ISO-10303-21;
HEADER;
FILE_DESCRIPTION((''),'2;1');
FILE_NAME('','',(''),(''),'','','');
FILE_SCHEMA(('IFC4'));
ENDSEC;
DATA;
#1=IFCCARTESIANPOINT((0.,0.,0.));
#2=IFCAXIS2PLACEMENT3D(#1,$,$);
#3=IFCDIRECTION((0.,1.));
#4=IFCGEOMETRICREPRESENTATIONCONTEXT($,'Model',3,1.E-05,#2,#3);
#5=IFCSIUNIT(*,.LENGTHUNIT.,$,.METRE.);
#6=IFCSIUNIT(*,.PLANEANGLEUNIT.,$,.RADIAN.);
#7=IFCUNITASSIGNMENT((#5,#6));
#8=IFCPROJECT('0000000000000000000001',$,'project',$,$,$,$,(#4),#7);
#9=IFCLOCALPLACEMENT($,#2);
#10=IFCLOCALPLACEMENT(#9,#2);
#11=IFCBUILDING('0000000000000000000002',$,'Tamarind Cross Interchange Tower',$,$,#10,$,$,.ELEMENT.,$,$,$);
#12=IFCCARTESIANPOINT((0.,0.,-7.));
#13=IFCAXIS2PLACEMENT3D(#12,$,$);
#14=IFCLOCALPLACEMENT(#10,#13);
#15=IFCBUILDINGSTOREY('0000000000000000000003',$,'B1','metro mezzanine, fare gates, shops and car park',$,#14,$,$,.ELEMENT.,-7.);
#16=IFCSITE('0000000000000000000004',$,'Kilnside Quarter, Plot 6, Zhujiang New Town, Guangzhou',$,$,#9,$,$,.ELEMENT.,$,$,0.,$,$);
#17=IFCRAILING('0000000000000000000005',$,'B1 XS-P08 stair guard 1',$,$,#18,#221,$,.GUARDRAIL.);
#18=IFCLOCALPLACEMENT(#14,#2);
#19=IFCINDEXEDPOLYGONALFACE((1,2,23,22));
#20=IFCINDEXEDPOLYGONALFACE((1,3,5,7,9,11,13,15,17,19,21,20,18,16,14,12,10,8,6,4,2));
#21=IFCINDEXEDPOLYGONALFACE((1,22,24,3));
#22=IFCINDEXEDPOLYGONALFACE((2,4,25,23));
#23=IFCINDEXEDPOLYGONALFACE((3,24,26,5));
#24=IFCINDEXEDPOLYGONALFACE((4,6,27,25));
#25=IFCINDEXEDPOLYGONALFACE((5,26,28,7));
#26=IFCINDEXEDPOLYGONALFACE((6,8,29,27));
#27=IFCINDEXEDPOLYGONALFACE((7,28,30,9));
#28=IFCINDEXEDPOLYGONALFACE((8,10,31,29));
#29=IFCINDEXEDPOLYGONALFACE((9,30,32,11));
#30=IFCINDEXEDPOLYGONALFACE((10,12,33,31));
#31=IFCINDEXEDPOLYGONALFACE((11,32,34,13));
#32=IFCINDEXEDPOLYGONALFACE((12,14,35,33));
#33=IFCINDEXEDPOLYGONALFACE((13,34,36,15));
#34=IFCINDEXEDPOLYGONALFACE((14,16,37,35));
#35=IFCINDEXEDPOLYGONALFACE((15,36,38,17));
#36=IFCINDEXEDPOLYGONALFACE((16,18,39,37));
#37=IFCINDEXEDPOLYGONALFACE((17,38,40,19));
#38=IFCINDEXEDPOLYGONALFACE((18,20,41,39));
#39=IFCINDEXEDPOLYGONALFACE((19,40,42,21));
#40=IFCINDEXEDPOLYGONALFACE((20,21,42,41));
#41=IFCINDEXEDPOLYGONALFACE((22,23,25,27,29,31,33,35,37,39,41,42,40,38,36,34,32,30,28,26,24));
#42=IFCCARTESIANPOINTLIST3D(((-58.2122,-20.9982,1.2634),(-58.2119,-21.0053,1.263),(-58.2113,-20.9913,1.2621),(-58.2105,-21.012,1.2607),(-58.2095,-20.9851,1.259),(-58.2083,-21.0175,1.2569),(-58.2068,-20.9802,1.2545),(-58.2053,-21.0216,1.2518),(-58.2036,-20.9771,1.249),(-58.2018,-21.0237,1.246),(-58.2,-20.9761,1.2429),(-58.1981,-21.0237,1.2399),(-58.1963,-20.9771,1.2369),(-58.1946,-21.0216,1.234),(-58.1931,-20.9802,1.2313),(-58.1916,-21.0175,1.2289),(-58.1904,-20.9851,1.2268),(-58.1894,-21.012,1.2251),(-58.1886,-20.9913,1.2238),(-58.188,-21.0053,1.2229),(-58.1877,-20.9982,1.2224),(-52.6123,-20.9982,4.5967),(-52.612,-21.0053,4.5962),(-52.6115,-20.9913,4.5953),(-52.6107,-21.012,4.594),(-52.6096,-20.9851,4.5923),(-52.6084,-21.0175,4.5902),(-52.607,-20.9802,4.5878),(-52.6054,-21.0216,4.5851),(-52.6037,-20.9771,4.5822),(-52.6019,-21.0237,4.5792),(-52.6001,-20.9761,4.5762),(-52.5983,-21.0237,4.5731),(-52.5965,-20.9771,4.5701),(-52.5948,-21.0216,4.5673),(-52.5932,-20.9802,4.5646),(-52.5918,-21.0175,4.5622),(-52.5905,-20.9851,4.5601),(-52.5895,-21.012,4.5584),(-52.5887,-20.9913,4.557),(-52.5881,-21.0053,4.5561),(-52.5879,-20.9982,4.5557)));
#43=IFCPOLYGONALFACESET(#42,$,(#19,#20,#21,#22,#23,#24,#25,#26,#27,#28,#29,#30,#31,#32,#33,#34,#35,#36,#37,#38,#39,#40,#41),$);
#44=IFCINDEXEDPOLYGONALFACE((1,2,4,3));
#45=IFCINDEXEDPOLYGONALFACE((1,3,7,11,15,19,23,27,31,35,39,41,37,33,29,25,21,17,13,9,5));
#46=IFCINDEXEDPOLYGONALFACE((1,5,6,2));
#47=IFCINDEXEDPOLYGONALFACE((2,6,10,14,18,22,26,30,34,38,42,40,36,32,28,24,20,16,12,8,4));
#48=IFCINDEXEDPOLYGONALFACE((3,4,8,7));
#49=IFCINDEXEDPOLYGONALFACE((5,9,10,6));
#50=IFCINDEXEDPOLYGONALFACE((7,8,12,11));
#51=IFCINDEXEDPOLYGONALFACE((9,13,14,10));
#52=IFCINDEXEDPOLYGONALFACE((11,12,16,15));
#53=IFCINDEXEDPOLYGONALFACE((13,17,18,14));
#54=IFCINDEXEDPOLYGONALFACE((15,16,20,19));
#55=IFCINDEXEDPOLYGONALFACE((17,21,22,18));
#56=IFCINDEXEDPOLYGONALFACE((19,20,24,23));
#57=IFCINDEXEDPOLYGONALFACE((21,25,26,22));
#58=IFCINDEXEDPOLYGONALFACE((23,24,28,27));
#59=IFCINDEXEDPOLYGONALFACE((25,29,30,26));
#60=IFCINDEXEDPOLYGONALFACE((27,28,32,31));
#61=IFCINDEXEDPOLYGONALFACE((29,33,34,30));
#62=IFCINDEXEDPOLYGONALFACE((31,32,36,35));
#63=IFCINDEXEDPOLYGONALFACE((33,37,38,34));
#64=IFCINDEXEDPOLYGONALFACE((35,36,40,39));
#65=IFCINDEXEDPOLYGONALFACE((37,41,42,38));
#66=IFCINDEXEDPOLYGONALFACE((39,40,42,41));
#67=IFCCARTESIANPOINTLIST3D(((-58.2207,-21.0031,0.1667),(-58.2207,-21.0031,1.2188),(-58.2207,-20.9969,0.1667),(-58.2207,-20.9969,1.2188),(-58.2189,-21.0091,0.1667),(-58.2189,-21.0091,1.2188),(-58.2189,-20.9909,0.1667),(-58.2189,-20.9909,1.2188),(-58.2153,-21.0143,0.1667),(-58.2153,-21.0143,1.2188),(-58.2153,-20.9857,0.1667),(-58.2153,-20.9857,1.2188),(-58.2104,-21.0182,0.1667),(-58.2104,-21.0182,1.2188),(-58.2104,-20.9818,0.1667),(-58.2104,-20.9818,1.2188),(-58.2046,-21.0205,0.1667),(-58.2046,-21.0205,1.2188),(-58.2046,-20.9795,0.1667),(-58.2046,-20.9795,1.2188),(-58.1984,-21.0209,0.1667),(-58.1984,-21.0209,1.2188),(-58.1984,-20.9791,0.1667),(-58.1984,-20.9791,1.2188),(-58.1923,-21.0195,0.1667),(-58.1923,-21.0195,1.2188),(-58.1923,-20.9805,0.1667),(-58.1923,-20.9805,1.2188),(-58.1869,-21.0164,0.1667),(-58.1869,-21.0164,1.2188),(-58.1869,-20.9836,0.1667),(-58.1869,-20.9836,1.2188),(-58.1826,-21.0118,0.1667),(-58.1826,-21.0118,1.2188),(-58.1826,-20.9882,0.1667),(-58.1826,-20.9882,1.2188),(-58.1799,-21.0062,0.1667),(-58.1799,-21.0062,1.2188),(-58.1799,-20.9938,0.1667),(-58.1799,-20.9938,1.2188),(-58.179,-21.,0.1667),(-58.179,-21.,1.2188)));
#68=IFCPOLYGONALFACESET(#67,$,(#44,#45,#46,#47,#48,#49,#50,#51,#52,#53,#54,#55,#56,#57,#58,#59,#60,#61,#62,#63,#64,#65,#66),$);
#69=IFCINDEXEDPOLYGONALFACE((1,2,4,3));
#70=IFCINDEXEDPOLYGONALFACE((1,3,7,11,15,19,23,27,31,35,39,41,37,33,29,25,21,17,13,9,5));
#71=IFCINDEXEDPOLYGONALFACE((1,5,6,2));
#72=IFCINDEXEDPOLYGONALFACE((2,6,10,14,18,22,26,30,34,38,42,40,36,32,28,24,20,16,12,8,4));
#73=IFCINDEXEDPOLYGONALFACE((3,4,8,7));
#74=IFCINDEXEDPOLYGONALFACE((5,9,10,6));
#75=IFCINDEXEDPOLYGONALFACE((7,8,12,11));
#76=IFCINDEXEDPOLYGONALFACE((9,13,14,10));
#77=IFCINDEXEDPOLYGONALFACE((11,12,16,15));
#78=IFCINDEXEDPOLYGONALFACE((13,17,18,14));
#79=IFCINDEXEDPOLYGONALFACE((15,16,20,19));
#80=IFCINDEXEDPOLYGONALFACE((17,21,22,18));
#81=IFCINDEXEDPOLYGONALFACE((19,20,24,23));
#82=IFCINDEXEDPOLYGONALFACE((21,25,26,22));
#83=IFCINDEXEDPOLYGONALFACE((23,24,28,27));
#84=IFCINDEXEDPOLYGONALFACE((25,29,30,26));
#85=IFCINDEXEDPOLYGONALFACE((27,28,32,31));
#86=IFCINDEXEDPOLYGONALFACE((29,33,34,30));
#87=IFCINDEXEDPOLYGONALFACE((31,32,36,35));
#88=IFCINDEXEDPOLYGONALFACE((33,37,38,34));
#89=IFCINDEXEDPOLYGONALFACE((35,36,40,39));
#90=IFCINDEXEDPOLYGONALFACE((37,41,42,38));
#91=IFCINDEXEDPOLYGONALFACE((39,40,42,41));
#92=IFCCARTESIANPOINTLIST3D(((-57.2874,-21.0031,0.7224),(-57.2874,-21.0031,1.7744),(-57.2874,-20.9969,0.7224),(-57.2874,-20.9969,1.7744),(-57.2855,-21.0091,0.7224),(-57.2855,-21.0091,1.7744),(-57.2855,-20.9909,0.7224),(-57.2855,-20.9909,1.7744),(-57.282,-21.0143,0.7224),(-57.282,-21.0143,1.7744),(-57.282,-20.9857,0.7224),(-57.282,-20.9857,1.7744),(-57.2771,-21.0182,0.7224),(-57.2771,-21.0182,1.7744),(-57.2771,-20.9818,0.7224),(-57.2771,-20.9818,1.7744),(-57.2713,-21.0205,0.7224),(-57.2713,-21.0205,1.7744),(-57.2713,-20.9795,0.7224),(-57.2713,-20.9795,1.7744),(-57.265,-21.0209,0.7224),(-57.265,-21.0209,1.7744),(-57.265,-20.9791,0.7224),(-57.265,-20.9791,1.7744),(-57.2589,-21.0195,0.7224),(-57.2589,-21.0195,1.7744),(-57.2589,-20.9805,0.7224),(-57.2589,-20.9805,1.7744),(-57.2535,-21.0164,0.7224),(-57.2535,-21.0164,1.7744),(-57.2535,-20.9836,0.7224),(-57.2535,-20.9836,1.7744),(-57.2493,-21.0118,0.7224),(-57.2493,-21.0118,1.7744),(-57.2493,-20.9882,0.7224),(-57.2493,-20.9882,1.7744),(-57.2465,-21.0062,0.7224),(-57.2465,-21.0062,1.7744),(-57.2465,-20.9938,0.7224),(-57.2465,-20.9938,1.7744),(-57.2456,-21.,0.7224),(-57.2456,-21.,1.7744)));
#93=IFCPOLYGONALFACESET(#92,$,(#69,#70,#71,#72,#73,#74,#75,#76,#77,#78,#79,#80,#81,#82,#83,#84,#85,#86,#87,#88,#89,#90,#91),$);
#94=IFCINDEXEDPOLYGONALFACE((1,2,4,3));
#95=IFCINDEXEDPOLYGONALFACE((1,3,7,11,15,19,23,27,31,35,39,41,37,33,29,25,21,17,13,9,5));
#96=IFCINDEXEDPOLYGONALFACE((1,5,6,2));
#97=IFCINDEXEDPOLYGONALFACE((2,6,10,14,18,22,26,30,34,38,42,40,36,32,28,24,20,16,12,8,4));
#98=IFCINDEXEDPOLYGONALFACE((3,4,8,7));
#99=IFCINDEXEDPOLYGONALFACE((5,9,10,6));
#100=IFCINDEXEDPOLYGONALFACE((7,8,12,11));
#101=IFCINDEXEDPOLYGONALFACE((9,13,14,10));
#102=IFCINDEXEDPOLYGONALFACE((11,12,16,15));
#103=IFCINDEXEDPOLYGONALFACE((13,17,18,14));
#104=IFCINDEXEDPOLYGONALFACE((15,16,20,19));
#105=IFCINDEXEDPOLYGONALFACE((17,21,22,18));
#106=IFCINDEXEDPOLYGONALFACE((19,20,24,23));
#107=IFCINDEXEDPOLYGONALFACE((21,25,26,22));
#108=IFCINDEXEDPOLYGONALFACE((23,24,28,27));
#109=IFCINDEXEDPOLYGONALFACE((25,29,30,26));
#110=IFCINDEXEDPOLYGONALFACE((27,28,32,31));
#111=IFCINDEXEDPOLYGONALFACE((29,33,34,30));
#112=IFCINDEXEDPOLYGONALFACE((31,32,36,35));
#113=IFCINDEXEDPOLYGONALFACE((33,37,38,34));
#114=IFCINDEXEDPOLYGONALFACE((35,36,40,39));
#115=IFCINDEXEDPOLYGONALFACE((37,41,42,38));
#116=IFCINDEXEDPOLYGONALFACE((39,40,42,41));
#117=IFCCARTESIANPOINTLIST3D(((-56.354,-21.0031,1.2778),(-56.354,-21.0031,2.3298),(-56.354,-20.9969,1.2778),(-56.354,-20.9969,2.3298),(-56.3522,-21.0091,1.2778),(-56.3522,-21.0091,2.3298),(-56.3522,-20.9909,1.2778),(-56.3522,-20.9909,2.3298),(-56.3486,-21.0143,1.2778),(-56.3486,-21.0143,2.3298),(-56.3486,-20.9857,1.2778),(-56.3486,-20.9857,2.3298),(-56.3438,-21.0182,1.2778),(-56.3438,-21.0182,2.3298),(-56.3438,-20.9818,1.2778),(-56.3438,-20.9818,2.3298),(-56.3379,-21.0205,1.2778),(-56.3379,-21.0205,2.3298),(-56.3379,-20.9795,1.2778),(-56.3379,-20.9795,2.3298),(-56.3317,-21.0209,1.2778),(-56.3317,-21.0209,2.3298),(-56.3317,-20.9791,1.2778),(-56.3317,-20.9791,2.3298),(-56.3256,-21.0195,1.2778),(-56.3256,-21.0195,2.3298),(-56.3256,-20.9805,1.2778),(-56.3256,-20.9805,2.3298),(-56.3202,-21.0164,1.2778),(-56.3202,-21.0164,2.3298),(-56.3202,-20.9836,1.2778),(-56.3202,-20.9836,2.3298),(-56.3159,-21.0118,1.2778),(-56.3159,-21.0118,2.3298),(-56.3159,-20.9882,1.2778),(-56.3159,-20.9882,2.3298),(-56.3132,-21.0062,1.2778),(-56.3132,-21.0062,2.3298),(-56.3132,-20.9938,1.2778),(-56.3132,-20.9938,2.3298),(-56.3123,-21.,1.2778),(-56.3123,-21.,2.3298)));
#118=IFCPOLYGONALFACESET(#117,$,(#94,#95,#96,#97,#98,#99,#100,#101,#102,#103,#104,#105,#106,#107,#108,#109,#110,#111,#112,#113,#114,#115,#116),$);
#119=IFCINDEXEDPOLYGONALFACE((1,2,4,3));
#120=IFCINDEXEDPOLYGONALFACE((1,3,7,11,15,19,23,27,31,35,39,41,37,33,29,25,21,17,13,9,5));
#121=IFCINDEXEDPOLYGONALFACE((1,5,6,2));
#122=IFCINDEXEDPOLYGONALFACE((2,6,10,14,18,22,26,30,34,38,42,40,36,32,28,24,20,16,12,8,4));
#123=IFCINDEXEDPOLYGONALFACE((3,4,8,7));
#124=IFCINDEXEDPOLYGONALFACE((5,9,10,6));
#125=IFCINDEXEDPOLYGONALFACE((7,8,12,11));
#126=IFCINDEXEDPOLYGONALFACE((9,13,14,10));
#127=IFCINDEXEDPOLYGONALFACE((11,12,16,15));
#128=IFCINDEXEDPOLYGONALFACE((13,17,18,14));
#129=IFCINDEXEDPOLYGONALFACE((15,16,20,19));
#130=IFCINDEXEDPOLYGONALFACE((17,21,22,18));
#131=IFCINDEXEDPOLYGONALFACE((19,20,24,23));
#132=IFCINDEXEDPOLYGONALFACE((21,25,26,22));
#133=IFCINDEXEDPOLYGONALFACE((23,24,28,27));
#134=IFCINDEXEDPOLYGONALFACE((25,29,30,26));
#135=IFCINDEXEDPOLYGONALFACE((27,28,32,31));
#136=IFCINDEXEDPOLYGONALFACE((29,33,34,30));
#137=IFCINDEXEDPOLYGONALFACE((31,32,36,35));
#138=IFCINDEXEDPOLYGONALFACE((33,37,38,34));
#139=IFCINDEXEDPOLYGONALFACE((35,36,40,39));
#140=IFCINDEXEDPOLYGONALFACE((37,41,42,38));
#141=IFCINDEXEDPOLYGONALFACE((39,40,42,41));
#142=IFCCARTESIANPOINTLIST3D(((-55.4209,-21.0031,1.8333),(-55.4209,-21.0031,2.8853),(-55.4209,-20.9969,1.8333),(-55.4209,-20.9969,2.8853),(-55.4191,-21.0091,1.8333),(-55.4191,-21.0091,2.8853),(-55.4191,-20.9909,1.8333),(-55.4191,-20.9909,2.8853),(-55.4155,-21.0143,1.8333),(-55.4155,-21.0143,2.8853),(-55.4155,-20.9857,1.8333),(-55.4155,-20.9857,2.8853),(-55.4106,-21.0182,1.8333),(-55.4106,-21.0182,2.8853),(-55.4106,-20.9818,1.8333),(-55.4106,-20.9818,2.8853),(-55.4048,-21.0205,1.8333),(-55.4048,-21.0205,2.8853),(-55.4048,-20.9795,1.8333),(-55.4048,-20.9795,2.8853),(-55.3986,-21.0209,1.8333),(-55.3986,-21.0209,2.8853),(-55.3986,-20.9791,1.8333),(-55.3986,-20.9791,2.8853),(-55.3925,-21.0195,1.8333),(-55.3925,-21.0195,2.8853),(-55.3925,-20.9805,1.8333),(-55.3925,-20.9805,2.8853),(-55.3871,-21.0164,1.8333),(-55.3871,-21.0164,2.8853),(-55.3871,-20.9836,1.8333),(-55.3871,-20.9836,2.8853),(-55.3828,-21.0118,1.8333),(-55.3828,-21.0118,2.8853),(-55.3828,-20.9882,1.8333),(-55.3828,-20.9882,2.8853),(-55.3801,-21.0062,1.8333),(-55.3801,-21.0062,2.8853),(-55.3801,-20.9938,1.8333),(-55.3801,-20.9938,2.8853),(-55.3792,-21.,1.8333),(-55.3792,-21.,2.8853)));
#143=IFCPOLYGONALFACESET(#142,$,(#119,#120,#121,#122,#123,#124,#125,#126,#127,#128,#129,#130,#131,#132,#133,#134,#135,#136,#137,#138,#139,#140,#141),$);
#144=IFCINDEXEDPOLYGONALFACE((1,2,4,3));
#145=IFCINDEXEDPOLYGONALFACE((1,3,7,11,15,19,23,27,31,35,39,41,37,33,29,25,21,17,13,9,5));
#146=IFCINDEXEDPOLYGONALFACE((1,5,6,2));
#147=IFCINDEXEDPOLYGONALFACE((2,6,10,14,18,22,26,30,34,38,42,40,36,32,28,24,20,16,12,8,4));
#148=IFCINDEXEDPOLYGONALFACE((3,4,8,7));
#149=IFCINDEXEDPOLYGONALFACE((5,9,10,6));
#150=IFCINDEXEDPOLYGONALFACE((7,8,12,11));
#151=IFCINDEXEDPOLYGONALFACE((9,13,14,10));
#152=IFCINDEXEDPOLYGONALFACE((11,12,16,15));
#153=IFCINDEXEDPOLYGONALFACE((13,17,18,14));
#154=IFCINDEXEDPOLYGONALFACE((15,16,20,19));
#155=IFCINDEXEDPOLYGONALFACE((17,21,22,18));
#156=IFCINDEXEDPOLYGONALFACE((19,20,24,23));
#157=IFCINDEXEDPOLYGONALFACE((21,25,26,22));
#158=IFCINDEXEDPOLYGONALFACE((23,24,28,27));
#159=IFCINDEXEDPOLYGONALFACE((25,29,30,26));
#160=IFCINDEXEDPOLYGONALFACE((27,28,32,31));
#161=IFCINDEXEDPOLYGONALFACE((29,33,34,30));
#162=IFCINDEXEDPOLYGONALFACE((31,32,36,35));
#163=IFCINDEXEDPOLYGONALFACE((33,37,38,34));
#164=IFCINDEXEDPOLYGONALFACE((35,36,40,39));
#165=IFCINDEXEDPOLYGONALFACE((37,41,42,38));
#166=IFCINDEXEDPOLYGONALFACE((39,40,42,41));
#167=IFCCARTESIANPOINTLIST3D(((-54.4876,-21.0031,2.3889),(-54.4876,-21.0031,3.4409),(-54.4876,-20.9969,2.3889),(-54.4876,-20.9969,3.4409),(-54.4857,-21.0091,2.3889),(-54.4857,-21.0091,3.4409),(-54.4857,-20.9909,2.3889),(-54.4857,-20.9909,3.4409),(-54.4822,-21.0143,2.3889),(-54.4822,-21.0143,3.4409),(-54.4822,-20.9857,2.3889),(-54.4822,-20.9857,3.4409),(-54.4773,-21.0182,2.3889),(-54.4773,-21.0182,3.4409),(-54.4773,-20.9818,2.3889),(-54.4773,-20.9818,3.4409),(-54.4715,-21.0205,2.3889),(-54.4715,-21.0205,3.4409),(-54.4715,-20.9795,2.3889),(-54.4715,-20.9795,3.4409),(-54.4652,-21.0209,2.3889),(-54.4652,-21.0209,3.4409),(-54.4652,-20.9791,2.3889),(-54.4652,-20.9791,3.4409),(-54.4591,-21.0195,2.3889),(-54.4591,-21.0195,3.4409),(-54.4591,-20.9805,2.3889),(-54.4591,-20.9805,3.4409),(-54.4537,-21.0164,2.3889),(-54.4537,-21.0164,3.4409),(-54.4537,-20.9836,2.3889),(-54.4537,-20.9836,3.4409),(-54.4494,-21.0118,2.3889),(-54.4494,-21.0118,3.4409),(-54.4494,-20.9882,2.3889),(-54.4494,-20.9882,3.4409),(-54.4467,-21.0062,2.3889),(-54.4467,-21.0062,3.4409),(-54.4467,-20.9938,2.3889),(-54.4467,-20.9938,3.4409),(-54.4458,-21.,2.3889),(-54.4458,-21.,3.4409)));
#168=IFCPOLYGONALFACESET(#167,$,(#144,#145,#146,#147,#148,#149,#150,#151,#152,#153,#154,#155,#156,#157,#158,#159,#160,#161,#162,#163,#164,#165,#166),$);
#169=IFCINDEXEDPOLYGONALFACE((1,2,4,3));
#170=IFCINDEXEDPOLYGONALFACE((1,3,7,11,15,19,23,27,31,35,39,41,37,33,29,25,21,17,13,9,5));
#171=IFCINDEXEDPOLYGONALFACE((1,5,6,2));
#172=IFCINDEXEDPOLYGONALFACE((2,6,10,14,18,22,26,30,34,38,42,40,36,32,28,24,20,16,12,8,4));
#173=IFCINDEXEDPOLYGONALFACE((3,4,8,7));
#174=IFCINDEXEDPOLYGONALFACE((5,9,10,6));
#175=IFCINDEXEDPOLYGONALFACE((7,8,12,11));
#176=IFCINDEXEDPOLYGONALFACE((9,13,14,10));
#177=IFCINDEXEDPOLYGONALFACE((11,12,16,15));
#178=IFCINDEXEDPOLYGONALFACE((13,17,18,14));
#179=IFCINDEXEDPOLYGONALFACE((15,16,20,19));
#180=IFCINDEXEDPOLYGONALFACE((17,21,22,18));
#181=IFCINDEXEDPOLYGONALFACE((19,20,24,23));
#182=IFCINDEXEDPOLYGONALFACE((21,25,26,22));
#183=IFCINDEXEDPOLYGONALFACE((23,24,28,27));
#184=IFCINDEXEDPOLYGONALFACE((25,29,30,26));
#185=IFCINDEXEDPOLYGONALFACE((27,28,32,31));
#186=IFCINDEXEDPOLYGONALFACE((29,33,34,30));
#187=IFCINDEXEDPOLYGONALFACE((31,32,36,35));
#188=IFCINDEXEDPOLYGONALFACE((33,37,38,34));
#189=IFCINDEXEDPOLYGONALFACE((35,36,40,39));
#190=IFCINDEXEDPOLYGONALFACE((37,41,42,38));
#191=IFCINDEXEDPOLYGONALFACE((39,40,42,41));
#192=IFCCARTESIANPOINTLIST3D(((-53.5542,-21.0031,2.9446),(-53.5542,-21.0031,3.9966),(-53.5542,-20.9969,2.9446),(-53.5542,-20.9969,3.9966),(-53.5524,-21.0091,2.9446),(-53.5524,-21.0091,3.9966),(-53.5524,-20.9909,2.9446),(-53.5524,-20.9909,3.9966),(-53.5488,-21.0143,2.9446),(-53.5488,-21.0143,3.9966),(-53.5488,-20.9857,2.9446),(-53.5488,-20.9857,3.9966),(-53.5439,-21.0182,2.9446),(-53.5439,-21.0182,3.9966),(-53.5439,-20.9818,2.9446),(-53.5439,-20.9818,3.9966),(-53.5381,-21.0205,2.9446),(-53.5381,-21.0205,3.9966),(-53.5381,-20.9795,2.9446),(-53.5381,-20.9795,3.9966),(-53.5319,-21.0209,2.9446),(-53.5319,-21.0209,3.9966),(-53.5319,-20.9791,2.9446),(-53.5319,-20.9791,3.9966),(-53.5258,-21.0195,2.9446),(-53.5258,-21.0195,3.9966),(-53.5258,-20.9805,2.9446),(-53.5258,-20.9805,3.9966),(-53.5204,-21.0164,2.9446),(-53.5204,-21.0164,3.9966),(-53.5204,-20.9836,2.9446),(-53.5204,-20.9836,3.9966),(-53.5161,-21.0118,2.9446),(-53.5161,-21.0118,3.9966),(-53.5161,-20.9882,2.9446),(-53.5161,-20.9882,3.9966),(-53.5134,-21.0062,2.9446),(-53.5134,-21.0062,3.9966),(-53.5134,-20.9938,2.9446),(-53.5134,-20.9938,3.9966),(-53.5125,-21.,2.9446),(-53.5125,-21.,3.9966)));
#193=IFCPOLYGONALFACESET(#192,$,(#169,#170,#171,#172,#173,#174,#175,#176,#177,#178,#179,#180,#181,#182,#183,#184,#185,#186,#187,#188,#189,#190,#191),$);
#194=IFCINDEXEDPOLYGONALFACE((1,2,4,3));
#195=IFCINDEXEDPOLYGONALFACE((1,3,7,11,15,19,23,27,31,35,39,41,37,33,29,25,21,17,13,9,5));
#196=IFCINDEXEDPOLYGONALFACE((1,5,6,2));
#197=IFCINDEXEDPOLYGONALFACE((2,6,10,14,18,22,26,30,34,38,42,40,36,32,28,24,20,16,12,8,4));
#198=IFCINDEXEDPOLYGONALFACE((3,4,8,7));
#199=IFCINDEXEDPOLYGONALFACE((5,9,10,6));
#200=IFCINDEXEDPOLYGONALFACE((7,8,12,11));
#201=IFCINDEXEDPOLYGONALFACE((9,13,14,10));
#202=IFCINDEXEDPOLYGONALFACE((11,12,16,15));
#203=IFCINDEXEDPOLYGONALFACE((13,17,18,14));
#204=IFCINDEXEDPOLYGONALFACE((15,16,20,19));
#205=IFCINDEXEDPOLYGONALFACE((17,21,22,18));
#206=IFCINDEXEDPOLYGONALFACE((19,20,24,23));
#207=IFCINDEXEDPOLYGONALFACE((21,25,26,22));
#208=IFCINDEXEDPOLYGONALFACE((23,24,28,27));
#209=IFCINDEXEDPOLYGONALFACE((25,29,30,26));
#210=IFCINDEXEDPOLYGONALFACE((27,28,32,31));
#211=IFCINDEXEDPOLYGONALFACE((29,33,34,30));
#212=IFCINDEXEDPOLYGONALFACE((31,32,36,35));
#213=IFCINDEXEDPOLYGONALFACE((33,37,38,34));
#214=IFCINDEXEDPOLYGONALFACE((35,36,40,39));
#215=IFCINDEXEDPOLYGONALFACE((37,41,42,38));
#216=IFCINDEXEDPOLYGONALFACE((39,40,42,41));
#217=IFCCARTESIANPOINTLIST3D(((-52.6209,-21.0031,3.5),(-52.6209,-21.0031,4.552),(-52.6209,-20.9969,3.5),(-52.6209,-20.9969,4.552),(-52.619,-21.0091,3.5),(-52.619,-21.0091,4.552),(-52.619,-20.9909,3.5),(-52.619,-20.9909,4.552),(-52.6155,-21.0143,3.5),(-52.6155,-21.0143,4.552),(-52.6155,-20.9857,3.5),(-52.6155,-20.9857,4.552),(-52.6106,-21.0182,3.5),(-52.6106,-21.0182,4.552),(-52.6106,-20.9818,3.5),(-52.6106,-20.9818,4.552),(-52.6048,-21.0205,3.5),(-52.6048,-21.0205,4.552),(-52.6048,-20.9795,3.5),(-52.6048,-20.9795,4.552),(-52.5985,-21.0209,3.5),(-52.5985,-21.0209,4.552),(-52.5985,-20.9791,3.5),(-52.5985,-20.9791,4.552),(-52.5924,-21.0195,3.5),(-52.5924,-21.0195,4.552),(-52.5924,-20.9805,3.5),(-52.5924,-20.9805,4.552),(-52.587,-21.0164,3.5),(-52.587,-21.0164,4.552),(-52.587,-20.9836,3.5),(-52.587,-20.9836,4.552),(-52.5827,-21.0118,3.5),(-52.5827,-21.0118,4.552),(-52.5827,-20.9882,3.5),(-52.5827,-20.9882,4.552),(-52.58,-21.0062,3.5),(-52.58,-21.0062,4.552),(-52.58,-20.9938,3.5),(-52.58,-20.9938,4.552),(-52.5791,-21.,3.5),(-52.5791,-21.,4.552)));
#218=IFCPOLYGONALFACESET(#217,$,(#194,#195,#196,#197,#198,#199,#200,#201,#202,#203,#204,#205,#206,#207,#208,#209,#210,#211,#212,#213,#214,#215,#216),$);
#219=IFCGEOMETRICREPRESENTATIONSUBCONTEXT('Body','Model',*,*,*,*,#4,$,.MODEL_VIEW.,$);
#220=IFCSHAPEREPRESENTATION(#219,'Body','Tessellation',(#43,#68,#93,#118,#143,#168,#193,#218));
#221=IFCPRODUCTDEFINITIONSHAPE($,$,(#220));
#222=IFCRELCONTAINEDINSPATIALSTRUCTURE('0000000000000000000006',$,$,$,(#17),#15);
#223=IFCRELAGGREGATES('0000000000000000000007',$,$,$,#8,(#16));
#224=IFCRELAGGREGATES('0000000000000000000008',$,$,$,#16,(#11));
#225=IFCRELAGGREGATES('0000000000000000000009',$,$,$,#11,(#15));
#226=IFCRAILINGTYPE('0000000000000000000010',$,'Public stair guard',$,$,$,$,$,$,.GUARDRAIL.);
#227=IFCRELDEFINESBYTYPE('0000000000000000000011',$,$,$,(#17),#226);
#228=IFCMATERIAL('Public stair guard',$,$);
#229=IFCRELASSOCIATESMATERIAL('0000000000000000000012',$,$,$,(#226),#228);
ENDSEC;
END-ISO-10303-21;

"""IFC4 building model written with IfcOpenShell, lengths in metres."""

from ifc_helpers import new_model, si_unit, direction, frame, origin, origin_2d, place, context, subcontext, project, spatial, circle, extrude, material, type_object, element, save


model = new_model("IFC4")

# Units and contexts
model_context = context("Model", 3, precision=1e-05, world=origin(), true_north=direction((0.0, 1.0)))
body_context = subcontext(model_context, "Body", "Model", "MODEL_VIEW")
ifc_project = project(units=[si_unit("LENGTHUNIT", "METRE"), si_unit("PLANEANGLEUNIT", "RADIAN")], contexts=[model_context])

# Site, building, storey
site_placement = place(None, origin())
site = spatial("IfcSite", under=ifc_project, at=site_placement, Name="Kilnside Quarter, Plot 6, Zhujiang New Town, Guangzhou", CompositionType="ELEMENT", RefElevation=0.0)
building_placement = place(site_placement, origin())
building = spatial("IfcBuilding", under=site, at=building_placement, Name="Tamarind Cross Interchange Tower", CompositionType="ELEMENT")
storey_placement = place(building_placement, frame((0.0, 0.0, -7.0)))
storey = spatial("IfcBuildingStorey", under=building, at=storey_placement, Name="B1", Description="metro mezzanine, fare gates, shops and car park", CompositionType="ELEMENT", Elevation=-7.0)

# Railing
ifc_material_1 = material(Name="Public stair guard")
railing_type_1 = type_object("IfcRailingType", Name="Public stair guard", PredefinedType="GUARDRAIL", material=ifc_material_1)
railing_1_placement = place(storey_placement, frame((-58.2, -21.0, 0.1667)))
element("IfcRailing", 1, at=railing_1_placement, inside=storey, type_object=railing_type_1, Name="B1 XS-P08 stair guard 1", PredefinedType="GUARDRAIL", context=body_context, shape_type="SweptSolid", body=[
    extrude(circle(Radius=0.0239, at=origin_2d()), frame((0.0, 0.0, 1.0762), z_axis=(0.859292, 0.0, 0.511485), x_axis=(0.0, 1.0, 0.0)), (0.0, 0.0, 1.0), 6.5168),
    extrude(circle(Radius=0.021, at=origin_2d()), origin(), (0.0, 0.0, 1.0), 1.052),
    extrude(circle(Radius=0.021, at=origin_2d()), frame((0.9333, 0.0, 0.5557)), (0.0, 0.0, 1.0), 1.052),
    extrude(circle(Radius=0.021, at=origin_2d()), frame((1.8667, 0.0, 1.1111)), (0.0, 0.0, 1.0), 1.052),
    extrude(circle(Radius=0.021, at=origin_2d()), frame((2.7998, 0.0, 1.6665)), (0.0, 0.0, 1.0), 1.052),
    extrude(circle(Radius=0.021, at=origin_2d()), frame((3.7332, 0.0, 2.2222)), (0.0, 0.0, 1.0), 1.052),
    extrude(circle(Radius=0.021, at=origin_2d()), frame((4.6665, 0.0, 2.7778)), (0.0, 0.0, 1.0), 1.052),
    extrude(circle(Radius=0.021, at=origin_2d()), frame((5.5999, 0.0, 3.3333)), (0.0, 0.0, 1.0), 1.052),
])

save(model, "model.ifc")
